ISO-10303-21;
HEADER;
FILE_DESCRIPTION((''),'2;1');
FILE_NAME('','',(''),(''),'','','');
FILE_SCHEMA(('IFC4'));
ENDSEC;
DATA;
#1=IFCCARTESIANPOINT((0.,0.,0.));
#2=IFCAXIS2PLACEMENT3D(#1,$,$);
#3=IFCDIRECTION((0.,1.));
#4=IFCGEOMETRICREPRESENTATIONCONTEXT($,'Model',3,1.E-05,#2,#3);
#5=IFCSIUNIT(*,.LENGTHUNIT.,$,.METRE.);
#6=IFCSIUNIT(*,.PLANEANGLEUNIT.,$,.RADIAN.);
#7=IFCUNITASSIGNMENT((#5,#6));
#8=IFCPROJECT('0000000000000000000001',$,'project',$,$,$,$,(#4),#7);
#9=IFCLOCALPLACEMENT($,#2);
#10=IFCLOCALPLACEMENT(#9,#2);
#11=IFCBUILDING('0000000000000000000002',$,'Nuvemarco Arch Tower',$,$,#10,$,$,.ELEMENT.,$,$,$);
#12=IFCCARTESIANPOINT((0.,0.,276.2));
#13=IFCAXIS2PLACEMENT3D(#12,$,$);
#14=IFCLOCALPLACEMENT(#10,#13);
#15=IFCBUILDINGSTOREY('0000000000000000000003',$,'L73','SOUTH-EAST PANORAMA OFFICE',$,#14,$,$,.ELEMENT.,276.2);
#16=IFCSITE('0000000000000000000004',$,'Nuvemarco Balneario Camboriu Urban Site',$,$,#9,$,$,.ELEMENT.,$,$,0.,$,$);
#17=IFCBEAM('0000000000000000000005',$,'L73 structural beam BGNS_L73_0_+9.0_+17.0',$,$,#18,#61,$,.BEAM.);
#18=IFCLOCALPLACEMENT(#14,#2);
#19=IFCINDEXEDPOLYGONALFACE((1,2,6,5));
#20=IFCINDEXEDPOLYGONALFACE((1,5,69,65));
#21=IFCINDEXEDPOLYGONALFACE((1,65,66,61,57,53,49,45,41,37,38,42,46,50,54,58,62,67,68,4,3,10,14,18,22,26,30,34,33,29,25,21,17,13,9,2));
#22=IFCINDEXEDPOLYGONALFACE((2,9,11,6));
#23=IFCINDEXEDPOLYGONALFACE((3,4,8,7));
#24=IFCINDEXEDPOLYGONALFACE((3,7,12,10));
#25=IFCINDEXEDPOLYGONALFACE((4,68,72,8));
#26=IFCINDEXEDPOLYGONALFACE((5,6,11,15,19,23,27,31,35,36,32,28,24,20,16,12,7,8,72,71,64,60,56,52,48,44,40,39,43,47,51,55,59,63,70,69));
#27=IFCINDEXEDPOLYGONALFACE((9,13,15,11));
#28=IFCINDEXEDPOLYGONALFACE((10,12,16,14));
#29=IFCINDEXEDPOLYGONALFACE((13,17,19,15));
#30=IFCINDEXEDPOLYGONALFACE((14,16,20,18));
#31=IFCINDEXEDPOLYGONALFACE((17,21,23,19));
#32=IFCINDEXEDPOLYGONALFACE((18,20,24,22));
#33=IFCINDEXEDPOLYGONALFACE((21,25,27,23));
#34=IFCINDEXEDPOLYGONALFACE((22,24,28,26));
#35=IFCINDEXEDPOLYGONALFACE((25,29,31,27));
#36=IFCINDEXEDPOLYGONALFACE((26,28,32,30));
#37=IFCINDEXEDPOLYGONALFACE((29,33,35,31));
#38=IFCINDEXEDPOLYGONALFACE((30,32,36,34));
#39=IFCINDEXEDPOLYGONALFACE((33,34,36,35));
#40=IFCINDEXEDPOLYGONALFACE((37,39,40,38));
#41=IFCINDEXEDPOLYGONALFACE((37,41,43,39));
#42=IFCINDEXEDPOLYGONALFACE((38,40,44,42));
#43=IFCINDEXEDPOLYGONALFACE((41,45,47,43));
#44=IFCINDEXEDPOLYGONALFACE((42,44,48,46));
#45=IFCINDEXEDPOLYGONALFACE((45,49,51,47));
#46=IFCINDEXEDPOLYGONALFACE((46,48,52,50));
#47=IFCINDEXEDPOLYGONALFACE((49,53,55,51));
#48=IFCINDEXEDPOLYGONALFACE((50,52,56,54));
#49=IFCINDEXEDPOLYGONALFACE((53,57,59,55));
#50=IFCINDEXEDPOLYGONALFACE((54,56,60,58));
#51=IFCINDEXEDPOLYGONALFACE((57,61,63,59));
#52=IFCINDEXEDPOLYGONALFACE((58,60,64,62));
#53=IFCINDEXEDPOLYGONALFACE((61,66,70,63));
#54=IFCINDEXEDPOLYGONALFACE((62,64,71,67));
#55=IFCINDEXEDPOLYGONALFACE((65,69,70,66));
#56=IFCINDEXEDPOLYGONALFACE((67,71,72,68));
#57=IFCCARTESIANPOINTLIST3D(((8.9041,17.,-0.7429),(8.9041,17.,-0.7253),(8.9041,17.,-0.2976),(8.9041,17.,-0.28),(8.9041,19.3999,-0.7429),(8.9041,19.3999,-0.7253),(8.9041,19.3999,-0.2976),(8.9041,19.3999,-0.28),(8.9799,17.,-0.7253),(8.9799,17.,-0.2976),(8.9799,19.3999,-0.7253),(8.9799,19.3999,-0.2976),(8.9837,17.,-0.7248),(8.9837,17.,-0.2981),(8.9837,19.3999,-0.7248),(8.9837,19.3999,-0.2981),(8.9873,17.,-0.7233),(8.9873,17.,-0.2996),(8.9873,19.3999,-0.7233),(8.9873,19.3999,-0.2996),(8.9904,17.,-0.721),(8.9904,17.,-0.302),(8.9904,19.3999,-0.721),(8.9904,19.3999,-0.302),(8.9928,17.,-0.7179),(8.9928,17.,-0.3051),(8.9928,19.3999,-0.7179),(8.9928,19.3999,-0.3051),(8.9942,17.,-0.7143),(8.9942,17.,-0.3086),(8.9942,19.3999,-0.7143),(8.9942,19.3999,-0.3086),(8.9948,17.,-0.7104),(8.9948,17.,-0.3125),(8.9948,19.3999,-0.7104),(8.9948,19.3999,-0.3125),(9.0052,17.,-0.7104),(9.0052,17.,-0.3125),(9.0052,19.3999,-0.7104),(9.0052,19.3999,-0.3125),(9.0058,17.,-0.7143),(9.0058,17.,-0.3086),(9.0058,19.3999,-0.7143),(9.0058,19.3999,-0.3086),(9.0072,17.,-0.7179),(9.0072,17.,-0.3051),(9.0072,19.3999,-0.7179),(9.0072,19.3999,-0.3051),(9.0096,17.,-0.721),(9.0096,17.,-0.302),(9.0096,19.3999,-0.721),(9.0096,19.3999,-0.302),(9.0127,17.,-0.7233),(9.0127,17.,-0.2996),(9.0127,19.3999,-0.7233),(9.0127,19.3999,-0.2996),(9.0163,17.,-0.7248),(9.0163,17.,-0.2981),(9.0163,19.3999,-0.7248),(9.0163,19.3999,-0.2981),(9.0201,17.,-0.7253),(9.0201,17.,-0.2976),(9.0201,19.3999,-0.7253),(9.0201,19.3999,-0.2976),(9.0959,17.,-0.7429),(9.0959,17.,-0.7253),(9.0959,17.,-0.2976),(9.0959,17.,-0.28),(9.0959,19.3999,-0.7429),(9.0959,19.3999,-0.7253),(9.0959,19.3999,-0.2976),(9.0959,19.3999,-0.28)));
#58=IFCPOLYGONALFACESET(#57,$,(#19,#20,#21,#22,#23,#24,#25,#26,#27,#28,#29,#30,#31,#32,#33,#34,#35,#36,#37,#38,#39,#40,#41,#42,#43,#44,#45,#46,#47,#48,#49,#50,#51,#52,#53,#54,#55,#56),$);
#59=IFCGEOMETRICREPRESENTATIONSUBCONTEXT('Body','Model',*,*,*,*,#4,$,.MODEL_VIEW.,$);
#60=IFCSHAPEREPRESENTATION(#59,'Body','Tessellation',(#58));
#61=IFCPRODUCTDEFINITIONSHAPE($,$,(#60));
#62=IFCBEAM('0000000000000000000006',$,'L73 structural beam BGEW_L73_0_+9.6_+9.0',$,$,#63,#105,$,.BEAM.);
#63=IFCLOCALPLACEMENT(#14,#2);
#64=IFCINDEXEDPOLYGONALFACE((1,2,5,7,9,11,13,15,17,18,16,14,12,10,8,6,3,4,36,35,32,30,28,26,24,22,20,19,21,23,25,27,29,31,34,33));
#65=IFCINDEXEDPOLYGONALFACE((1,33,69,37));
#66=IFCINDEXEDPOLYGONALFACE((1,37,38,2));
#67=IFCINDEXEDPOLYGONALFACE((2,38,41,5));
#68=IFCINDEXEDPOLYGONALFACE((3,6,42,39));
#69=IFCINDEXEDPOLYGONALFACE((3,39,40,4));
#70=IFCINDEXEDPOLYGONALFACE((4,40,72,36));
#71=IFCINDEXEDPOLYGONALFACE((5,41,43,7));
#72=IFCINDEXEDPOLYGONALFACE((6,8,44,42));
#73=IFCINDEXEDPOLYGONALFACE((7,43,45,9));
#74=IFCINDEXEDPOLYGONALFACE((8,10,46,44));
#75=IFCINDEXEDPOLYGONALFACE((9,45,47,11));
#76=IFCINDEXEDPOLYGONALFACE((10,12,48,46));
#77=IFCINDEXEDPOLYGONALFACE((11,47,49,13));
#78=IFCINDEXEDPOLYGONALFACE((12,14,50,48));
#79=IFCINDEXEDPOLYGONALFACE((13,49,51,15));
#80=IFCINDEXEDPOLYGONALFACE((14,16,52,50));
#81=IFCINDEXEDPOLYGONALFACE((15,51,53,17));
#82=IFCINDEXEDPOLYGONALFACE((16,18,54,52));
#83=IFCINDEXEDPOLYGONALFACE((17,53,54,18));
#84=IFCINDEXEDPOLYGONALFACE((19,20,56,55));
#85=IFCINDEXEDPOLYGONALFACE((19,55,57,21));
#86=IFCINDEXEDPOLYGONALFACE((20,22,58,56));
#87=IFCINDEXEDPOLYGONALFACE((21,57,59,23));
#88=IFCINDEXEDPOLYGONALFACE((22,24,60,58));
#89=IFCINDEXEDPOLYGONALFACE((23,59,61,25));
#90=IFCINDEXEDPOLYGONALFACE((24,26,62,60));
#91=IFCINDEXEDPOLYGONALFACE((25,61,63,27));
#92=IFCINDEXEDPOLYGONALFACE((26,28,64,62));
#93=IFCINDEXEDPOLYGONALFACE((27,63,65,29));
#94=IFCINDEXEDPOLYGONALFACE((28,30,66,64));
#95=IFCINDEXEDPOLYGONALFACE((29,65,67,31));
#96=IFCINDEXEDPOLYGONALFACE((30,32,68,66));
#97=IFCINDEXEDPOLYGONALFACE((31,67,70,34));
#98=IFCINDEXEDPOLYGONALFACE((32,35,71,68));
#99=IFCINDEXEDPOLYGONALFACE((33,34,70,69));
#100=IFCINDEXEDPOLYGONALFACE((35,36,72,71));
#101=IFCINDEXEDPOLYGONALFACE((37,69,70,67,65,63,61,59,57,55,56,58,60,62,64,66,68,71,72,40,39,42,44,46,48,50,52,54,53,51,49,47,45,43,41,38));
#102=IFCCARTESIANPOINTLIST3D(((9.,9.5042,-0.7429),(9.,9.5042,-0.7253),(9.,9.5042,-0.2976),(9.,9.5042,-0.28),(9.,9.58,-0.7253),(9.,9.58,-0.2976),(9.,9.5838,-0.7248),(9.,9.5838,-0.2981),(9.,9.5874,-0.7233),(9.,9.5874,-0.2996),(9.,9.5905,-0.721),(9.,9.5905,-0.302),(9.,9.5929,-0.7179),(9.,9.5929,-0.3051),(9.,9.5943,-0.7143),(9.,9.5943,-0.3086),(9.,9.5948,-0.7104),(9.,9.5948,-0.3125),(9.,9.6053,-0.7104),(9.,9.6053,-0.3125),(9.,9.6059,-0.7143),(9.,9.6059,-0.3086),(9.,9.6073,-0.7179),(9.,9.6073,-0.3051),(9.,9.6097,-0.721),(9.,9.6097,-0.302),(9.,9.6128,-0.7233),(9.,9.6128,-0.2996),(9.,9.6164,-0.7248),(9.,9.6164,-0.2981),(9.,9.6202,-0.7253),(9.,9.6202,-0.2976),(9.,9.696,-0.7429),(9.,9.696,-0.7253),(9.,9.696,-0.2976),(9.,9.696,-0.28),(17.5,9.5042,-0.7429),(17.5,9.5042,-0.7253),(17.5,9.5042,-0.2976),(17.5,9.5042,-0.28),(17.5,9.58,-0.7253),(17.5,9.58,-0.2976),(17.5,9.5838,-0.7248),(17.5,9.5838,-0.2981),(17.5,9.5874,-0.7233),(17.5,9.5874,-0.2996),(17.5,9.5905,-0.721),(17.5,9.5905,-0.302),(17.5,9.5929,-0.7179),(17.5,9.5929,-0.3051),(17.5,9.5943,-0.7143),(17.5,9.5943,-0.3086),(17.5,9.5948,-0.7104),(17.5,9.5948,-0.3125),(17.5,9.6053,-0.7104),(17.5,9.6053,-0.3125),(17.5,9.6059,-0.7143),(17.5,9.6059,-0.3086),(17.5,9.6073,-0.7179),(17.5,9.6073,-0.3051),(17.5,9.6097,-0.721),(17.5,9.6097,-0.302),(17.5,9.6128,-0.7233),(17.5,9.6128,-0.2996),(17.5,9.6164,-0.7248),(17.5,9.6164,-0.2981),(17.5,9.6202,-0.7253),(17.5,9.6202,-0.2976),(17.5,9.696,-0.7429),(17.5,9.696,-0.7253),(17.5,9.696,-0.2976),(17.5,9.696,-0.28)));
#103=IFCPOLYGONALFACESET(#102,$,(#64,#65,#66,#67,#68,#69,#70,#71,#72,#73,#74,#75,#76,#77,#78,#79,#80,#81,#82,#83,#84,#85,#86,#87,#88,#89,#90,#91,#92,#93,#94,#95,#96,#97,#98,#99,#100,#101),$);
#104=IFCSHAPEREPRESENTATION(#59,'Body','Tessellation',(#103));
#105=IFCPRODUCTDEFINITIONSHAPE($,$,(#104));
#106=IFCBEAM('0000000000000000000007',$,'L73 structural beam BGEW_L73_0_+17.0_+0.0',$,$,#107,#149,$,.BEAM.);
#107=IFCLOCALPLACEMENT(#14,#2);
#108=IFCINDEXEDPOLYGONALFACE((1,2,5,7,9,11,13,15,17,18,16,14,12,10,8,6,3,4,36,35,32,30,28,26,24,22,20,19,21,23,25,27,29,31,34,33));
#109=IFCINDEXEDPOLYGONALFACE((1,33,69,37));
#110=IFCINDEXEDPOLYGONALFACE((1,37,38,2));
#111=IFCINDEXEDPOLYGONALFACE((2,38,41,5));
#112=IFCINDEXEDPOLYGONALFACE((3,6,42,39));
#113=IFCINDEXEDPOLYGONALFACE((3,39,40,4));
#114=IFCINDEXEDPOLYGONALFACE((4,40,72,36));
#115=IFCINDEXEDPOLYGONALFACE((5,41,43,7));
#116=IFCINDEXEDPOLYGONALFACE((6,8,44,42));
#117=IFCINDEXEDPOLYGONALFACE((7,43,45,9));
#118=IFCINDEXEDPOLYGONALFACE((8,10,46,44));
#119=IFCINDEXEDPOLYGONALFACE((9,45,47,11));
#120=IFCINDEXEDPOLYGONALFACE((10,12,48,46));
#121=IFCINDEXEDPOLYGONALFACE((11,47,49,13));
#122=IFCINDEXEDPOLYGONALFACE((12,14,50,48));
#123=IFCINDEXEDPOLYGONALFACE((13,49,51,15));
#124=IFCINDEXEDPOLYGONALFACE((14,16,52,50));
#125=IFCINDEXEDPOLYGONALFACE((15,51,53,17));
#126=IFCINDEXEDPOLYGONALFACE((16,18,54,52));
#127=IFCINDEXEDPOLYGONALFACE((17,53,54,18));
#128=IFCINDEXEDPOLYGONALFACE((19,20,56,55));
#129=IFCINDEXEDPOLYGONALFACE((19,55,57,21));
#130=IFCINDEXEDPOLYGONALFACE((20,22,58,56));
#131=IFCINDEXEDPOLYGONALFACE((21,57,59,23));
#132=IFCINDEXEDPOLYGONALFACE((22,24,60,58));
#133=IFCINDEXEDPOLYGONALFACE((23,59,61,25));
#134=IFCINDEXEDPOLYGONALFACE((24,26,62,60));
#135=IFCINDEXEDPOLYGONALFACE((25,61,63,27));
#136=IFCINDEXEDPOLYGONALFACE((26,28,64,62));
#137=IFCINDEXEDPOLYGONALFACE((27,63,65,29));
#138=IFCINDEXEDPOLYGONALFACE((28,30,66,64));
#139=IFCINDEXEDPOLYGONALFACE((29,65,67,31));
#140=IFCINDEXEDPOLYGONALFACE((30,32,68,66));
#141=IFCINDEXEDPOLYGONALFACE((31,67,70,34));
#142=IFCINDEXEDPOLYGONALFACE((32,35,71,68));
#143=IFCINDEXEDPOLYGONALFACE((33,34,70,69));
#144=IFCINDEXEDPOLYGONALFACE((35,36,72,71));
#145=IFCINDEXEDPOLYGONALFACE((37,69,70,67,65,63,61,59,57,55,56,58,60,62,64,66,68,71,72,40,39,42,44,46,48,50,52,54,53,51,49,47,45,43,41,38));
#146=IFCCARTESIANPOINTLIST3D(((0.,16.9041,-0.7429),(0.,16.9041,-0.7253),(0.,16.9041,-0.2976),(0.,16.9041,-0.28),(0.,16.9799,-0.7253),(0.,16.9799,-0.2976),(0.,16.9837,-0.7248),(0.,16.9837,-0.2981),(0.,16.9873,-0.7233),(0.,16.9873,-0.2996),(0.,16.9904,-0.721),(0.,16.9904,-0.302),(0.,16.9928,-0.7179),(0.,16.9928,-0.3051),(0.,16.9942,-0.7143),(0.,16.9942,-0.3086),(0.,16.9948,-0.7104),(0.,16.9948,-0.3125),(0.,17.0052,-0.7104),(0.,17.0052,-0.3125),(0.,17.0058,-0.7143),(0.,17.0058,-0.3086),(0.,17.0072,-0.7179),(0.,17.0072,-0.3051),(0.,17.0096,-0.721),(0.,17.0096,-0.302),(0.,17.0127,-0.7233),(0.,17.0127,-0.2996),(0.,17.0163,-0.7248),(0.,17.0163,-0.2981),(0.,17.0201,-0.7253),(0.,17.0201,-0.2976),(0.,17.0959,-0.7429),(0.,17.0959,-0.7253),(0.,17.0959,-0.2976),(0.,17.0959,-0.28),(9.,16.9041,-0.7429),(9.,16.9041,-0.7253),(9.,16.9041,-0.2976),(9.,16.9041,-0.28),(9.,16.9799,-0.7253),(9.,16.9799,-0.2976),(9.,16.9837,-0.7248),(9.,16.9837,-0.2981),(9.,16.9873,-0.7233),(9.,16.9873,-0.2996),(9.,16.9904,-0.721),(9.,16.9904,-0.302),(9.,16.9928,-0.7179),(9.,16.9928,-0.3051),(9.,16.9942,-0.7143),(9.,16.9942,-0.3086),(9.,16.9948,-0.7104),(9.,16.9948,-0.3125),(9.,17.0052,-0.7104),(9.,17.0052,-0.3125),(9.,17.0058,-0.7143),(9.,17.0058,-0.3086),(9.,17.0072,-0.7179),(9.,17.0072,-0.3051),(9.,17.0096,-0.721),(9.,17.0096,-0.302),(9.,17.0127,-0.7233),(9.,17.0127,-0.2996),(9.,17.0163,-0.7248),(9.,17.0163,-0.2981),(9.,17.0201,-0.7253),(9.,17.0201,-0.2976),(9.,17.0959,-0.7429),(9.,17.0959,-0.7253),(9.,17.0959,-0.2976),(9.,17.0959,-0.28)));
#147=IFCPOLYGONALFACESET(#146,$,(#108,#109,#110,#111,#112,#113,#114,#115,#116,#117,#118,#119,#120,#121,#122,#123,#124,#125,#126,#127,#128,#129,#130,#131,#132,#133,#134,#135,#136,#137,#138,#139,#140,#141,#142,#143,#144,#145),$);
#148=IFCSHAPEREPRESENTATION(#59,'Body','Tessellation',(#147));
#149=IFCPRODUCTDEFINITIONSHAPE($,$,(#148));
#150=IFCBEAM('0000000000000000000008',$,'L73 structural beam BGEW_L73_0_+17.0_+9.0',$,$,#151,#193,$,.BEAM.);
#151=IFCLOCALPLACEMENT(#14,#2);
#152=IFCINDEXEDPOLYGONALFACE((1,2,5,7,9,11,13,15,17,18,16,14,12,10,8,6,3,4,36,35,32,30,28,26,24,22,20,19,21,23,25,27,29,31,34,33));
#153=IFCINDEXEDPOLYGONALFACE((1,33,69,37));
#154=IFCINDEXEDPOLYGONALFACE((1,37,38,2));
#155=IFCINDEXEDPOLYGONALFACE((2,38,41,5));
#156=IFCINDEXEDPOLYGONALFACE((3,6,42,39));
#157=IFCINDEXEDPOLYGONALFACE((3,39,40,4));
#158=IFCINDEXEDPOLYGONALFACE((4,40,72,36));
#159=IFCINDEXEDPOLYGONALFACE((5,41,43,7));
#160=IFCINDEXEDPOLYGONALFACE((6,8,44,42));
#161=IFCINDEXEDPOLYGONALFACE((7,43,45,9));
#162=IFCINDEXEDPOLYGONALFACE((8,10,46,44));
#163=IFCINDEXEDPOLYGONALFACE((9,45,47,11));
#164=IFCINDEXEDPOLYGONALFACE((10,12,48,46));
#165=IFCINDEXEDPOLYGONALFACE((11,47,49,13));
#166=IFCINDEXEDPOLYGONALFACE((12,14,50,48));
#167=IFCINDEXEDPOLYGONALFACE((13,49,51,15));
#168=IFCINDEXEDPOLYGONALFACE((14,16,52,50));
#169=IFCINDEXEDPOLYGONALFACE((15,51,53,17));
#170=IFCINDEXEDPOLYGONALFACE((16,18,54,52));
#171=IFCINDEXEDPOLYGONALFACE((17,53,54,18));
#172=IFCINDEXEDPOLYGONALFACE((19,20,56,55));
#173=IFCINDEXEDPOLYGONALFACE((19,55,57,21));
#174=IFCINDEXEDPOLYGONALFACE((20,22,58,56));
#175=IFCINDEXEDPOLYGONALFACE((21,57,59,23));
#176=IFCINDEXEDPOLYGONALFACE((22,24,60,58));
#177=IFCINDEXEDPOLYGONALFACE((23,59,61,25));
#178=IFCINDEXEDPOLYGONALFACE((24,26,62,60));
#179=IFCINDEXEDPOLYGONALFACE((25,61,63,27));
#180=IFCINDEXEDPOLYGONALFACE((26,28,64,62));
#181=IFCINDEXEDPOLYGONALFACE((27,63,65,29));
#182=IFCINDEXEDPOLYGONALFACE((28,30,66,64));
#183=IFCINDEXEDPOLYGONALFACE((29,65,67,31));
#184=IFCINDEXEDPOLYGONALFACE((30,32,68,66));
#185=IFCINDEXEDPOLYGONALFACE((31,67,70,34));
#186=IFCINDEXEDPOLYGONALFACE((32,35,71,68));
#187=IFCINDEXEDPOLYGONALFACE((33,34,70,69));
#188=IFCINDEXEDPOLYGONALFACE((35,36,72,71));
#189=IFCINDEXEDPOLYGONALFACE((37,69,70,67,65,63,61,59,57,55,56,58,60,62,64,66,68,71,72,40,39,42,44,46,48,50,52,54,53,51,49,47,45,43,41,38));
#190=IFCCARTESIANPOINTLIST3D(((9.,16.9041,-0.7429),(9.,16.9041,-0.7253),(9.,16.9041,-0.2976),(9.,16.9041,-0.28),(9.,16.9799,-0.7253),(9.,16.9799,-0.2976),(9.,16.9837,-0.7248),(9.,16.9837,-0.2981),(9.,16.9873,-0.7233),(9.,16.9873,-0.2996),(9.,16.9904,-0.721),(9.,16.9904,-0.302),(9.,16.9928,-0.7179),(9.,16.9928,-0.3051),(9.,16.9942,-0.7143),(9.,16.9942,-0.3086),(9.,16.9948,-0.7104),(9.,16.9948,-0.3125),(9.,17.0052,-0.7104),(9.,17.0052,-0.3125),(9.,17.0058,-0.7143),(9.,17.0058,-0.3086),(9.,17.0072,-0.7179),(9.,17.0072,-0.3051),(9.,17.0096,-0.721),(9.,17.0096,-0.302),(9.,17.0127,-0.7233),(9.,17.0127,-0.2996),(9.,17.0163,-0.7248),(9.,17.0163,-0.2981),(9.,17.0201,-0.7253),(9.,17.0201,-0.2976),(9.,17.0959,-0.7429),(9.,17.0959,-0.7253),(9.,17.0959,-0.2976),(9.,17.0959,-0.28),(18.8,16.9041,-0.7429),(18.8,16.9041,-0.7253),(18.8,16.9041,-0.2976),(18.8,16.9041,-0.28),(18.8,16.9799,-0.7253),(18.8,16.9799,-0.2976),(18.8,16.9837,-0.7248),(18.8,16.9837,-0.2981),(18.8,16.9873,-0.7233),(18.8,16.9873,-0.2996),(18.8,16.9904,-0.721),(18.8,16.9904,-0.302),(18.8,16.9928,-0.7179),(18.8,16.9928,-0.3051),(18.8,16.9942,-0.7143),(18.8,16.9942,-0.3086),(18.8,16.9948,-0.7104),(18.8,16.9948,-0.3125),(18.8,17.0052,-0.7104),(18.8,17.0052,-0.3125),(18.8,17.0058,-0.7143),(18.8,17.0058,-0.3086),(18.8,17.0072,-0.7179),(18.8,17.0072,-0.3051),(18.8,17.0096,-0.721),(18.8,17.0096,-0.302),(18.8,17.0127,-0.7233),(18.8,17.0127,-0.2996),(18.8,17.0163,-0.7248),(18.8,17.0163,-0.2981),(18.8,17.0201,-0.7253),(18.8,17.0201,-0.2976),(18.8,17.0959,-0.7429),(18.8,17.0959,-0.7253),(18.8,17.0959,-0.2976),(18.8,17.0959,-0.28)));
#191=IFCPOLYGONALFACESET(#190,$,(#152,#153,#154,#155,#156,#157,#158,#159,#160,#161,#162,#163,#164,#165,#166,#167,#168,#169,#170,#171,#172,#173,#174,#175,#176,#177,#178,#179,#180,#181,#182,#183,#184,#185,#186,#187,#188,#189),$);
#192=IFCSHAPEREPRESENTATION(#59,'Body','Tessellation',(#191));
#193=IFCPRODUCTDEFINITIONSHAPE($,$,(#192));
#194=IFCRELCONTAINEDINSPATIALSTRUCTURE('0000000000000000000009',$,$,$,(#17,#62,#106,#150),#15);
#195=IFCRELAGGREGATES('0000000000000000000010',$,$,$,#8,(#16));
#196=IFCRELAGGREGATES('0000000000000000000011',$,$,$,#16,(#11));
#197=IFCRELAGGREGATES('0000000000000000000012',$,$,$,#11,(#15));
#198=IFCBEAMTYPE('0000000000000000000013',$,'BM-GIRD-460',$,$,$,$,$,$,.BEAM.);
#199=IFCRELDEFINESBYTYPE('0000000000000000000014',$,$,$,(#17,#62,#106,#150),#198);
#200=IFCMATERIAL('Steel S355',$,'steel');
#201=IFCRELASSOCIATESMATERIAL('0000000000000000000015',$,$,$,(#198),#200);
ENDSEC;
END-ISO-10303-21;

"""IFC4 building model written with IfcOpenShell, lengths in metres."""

from ifc_helpers import new_model, si_unit, direction, frame, origin, origin_2d, place, context, subcontext, project, spatial, i_section, extrude, material, material_profile, profile_set, type_object, element, save


model = new_model("IFC4")

# Units and contexts
model_context = context("Model", 3, precision=1e-05, world=origin(), true_north=direction((0.0, 1.0)))
body_context = subcontext(model_context, "Body", "Model", "MODEL_VIEW")
ifc_project = project(units=[si_unit("LENGTHUNIT", "METRE"), si_unit("PLANEANGLEUNIT", "RADIAN")], contexts=[model_context])

# Site, building, storey
site_placement = place(None, origin())
site = spatial("IfcSite", under=ifc_project, at=site_placement, Name="Nuvemarco Balneario Camboriu Urban Site", CompositionType="ELEMENT", RefElevation=0.0)
building_placement = place(site_placement, origin())
building = spatial("IfcBuilding", under=site, at=building_placement, Name="Nuvemarco Arch Tower", CompositionType="ELEMENT")
storey_placement = place(building_placement, frame((0.0, 0.0, 276.2)))
storey = spatial("IfcBuildingStorey", under=building, at=storey_placement, Name="L73", Description="SOUTH-EAST PANORAMA OFFICE", CompositionType="ELEMENT", Elevation=276.2)

# Shared definitions
ifc_material_1 = material(Name="Steel S355", Category="steel")

# Beams
ifc_material_profile_1 = material_profile(ifc_material_1, i_section(OverallWidth=0.1919, OverallDepth=0.4629, WebThickness=0.0105, FlangeThickness=0.0176, FilletRadius=0.0149, at=origin_2d()), Name="W460x89")
ifc_profile_set_1 = profile_set([ifc_material_profile_1], Name="Steel S355")
beam_type_1 = type_object("IfcBeamType", Name="BM-GIRD-460", PredefinedType="BEAM", material=ifc_profile_set_1)
beam_1_placement = place(storey_placement, frame((9.0, 17.0, -0.5115), z_axis=(0.0, 1.0, 0.0), x_axis=(-1.0, 0.0, 0.0)))
element("IfcBeam", 1, at=beam_1_placement, inside=storey, type_object=beam_type_1, Name="L73 structural beam BGNS_L73_0_+9.0_+17.0", PredefinedType="BEAM", context=body_context, shape_type="SweptSolid", body=[
    extrude(i_section(OverallWidth=0.1919, OverallDepth=0.4629, WebThickness=0.0105, FlangeThickness=0.0176, FilletRadius=0.0149, at=origin_2d()), origin(), (0.0, 0.0, 1.0), 2.3999),
])
beam_2_placement = place(storey_placement, frame((9.0, 9.6001, -0.5115), z_axis=(1.0, 0.0, 0.0), x_axis=(0.0, 1.0, 0.0)))
element("IfcBeam", 2, at=beam_2_placement, inside=storey, type_object=beam_type_1, Name="L73 structural beam BGEW_L73_0_+9.6_+9.0", PredefinedType="BEAM", context=body_context, shape_type="SweptSolid", body=[
    extrude(i_section(OverallWidth=0.1919, OverallDepth=0.4629, WebThickness=0.0105, FlangeThickness=0.0176, FilletRadius=0.0149, at=origin_2d()), origin(), (0.0, 0.0, 1.0), 8.5),
])
beam_3_placement = place(storey_placement, frame((0.0, 17.0, -0.5115), z_axis=(1.0, 0.0, 0.0), x_axis=(0.0, 1.0, 0.0)))
element("IfcBeam", 3, at=beam_3_placement, inside=storey, type_object=beam_type_1, Name="L73 structural beam BGEW_L73_0_+17.0_+0.0", PredefinedType="BEAM", context=body_context, shape_type="SweptSolid", body=[
    extrude(i_section(OverallWidth=0.1919, OverallDepth=0.4629, WebThickness=0.0105, FlangeThickness=0.0176, FilletRadius=0.0149, at=origin_2d()), origin(), (0.0, 0.0, 1.0), 9.0),
])
beam_4_placement = place(storey_placement, frame((9.0, 17.0, -0.5115), z_axis=(1.0, 0.0, 0.0), x_axis=(0.0, 1.0, 0.0)))
element("IfcBeam", 4, at=beam_4_placement, inside=storey, type_object=beam_type_1, Name="L73 structural beam BGEW_L73_0_+17.0_+9.0", PredefinedType="BEAM", context=body_context, shape_type="SweptSolid", body=[
    extrude(i_section(OverallWidth=0.1919, OverallDepth=0.4629, WebThickness=0.0105, FlangeThickness=0.0176, FilletRadius=0.0149, at=origin_2d()), origin(), (0.0, 0.0, 1.0), 9.8),
])

save(model, "model.ifc")
